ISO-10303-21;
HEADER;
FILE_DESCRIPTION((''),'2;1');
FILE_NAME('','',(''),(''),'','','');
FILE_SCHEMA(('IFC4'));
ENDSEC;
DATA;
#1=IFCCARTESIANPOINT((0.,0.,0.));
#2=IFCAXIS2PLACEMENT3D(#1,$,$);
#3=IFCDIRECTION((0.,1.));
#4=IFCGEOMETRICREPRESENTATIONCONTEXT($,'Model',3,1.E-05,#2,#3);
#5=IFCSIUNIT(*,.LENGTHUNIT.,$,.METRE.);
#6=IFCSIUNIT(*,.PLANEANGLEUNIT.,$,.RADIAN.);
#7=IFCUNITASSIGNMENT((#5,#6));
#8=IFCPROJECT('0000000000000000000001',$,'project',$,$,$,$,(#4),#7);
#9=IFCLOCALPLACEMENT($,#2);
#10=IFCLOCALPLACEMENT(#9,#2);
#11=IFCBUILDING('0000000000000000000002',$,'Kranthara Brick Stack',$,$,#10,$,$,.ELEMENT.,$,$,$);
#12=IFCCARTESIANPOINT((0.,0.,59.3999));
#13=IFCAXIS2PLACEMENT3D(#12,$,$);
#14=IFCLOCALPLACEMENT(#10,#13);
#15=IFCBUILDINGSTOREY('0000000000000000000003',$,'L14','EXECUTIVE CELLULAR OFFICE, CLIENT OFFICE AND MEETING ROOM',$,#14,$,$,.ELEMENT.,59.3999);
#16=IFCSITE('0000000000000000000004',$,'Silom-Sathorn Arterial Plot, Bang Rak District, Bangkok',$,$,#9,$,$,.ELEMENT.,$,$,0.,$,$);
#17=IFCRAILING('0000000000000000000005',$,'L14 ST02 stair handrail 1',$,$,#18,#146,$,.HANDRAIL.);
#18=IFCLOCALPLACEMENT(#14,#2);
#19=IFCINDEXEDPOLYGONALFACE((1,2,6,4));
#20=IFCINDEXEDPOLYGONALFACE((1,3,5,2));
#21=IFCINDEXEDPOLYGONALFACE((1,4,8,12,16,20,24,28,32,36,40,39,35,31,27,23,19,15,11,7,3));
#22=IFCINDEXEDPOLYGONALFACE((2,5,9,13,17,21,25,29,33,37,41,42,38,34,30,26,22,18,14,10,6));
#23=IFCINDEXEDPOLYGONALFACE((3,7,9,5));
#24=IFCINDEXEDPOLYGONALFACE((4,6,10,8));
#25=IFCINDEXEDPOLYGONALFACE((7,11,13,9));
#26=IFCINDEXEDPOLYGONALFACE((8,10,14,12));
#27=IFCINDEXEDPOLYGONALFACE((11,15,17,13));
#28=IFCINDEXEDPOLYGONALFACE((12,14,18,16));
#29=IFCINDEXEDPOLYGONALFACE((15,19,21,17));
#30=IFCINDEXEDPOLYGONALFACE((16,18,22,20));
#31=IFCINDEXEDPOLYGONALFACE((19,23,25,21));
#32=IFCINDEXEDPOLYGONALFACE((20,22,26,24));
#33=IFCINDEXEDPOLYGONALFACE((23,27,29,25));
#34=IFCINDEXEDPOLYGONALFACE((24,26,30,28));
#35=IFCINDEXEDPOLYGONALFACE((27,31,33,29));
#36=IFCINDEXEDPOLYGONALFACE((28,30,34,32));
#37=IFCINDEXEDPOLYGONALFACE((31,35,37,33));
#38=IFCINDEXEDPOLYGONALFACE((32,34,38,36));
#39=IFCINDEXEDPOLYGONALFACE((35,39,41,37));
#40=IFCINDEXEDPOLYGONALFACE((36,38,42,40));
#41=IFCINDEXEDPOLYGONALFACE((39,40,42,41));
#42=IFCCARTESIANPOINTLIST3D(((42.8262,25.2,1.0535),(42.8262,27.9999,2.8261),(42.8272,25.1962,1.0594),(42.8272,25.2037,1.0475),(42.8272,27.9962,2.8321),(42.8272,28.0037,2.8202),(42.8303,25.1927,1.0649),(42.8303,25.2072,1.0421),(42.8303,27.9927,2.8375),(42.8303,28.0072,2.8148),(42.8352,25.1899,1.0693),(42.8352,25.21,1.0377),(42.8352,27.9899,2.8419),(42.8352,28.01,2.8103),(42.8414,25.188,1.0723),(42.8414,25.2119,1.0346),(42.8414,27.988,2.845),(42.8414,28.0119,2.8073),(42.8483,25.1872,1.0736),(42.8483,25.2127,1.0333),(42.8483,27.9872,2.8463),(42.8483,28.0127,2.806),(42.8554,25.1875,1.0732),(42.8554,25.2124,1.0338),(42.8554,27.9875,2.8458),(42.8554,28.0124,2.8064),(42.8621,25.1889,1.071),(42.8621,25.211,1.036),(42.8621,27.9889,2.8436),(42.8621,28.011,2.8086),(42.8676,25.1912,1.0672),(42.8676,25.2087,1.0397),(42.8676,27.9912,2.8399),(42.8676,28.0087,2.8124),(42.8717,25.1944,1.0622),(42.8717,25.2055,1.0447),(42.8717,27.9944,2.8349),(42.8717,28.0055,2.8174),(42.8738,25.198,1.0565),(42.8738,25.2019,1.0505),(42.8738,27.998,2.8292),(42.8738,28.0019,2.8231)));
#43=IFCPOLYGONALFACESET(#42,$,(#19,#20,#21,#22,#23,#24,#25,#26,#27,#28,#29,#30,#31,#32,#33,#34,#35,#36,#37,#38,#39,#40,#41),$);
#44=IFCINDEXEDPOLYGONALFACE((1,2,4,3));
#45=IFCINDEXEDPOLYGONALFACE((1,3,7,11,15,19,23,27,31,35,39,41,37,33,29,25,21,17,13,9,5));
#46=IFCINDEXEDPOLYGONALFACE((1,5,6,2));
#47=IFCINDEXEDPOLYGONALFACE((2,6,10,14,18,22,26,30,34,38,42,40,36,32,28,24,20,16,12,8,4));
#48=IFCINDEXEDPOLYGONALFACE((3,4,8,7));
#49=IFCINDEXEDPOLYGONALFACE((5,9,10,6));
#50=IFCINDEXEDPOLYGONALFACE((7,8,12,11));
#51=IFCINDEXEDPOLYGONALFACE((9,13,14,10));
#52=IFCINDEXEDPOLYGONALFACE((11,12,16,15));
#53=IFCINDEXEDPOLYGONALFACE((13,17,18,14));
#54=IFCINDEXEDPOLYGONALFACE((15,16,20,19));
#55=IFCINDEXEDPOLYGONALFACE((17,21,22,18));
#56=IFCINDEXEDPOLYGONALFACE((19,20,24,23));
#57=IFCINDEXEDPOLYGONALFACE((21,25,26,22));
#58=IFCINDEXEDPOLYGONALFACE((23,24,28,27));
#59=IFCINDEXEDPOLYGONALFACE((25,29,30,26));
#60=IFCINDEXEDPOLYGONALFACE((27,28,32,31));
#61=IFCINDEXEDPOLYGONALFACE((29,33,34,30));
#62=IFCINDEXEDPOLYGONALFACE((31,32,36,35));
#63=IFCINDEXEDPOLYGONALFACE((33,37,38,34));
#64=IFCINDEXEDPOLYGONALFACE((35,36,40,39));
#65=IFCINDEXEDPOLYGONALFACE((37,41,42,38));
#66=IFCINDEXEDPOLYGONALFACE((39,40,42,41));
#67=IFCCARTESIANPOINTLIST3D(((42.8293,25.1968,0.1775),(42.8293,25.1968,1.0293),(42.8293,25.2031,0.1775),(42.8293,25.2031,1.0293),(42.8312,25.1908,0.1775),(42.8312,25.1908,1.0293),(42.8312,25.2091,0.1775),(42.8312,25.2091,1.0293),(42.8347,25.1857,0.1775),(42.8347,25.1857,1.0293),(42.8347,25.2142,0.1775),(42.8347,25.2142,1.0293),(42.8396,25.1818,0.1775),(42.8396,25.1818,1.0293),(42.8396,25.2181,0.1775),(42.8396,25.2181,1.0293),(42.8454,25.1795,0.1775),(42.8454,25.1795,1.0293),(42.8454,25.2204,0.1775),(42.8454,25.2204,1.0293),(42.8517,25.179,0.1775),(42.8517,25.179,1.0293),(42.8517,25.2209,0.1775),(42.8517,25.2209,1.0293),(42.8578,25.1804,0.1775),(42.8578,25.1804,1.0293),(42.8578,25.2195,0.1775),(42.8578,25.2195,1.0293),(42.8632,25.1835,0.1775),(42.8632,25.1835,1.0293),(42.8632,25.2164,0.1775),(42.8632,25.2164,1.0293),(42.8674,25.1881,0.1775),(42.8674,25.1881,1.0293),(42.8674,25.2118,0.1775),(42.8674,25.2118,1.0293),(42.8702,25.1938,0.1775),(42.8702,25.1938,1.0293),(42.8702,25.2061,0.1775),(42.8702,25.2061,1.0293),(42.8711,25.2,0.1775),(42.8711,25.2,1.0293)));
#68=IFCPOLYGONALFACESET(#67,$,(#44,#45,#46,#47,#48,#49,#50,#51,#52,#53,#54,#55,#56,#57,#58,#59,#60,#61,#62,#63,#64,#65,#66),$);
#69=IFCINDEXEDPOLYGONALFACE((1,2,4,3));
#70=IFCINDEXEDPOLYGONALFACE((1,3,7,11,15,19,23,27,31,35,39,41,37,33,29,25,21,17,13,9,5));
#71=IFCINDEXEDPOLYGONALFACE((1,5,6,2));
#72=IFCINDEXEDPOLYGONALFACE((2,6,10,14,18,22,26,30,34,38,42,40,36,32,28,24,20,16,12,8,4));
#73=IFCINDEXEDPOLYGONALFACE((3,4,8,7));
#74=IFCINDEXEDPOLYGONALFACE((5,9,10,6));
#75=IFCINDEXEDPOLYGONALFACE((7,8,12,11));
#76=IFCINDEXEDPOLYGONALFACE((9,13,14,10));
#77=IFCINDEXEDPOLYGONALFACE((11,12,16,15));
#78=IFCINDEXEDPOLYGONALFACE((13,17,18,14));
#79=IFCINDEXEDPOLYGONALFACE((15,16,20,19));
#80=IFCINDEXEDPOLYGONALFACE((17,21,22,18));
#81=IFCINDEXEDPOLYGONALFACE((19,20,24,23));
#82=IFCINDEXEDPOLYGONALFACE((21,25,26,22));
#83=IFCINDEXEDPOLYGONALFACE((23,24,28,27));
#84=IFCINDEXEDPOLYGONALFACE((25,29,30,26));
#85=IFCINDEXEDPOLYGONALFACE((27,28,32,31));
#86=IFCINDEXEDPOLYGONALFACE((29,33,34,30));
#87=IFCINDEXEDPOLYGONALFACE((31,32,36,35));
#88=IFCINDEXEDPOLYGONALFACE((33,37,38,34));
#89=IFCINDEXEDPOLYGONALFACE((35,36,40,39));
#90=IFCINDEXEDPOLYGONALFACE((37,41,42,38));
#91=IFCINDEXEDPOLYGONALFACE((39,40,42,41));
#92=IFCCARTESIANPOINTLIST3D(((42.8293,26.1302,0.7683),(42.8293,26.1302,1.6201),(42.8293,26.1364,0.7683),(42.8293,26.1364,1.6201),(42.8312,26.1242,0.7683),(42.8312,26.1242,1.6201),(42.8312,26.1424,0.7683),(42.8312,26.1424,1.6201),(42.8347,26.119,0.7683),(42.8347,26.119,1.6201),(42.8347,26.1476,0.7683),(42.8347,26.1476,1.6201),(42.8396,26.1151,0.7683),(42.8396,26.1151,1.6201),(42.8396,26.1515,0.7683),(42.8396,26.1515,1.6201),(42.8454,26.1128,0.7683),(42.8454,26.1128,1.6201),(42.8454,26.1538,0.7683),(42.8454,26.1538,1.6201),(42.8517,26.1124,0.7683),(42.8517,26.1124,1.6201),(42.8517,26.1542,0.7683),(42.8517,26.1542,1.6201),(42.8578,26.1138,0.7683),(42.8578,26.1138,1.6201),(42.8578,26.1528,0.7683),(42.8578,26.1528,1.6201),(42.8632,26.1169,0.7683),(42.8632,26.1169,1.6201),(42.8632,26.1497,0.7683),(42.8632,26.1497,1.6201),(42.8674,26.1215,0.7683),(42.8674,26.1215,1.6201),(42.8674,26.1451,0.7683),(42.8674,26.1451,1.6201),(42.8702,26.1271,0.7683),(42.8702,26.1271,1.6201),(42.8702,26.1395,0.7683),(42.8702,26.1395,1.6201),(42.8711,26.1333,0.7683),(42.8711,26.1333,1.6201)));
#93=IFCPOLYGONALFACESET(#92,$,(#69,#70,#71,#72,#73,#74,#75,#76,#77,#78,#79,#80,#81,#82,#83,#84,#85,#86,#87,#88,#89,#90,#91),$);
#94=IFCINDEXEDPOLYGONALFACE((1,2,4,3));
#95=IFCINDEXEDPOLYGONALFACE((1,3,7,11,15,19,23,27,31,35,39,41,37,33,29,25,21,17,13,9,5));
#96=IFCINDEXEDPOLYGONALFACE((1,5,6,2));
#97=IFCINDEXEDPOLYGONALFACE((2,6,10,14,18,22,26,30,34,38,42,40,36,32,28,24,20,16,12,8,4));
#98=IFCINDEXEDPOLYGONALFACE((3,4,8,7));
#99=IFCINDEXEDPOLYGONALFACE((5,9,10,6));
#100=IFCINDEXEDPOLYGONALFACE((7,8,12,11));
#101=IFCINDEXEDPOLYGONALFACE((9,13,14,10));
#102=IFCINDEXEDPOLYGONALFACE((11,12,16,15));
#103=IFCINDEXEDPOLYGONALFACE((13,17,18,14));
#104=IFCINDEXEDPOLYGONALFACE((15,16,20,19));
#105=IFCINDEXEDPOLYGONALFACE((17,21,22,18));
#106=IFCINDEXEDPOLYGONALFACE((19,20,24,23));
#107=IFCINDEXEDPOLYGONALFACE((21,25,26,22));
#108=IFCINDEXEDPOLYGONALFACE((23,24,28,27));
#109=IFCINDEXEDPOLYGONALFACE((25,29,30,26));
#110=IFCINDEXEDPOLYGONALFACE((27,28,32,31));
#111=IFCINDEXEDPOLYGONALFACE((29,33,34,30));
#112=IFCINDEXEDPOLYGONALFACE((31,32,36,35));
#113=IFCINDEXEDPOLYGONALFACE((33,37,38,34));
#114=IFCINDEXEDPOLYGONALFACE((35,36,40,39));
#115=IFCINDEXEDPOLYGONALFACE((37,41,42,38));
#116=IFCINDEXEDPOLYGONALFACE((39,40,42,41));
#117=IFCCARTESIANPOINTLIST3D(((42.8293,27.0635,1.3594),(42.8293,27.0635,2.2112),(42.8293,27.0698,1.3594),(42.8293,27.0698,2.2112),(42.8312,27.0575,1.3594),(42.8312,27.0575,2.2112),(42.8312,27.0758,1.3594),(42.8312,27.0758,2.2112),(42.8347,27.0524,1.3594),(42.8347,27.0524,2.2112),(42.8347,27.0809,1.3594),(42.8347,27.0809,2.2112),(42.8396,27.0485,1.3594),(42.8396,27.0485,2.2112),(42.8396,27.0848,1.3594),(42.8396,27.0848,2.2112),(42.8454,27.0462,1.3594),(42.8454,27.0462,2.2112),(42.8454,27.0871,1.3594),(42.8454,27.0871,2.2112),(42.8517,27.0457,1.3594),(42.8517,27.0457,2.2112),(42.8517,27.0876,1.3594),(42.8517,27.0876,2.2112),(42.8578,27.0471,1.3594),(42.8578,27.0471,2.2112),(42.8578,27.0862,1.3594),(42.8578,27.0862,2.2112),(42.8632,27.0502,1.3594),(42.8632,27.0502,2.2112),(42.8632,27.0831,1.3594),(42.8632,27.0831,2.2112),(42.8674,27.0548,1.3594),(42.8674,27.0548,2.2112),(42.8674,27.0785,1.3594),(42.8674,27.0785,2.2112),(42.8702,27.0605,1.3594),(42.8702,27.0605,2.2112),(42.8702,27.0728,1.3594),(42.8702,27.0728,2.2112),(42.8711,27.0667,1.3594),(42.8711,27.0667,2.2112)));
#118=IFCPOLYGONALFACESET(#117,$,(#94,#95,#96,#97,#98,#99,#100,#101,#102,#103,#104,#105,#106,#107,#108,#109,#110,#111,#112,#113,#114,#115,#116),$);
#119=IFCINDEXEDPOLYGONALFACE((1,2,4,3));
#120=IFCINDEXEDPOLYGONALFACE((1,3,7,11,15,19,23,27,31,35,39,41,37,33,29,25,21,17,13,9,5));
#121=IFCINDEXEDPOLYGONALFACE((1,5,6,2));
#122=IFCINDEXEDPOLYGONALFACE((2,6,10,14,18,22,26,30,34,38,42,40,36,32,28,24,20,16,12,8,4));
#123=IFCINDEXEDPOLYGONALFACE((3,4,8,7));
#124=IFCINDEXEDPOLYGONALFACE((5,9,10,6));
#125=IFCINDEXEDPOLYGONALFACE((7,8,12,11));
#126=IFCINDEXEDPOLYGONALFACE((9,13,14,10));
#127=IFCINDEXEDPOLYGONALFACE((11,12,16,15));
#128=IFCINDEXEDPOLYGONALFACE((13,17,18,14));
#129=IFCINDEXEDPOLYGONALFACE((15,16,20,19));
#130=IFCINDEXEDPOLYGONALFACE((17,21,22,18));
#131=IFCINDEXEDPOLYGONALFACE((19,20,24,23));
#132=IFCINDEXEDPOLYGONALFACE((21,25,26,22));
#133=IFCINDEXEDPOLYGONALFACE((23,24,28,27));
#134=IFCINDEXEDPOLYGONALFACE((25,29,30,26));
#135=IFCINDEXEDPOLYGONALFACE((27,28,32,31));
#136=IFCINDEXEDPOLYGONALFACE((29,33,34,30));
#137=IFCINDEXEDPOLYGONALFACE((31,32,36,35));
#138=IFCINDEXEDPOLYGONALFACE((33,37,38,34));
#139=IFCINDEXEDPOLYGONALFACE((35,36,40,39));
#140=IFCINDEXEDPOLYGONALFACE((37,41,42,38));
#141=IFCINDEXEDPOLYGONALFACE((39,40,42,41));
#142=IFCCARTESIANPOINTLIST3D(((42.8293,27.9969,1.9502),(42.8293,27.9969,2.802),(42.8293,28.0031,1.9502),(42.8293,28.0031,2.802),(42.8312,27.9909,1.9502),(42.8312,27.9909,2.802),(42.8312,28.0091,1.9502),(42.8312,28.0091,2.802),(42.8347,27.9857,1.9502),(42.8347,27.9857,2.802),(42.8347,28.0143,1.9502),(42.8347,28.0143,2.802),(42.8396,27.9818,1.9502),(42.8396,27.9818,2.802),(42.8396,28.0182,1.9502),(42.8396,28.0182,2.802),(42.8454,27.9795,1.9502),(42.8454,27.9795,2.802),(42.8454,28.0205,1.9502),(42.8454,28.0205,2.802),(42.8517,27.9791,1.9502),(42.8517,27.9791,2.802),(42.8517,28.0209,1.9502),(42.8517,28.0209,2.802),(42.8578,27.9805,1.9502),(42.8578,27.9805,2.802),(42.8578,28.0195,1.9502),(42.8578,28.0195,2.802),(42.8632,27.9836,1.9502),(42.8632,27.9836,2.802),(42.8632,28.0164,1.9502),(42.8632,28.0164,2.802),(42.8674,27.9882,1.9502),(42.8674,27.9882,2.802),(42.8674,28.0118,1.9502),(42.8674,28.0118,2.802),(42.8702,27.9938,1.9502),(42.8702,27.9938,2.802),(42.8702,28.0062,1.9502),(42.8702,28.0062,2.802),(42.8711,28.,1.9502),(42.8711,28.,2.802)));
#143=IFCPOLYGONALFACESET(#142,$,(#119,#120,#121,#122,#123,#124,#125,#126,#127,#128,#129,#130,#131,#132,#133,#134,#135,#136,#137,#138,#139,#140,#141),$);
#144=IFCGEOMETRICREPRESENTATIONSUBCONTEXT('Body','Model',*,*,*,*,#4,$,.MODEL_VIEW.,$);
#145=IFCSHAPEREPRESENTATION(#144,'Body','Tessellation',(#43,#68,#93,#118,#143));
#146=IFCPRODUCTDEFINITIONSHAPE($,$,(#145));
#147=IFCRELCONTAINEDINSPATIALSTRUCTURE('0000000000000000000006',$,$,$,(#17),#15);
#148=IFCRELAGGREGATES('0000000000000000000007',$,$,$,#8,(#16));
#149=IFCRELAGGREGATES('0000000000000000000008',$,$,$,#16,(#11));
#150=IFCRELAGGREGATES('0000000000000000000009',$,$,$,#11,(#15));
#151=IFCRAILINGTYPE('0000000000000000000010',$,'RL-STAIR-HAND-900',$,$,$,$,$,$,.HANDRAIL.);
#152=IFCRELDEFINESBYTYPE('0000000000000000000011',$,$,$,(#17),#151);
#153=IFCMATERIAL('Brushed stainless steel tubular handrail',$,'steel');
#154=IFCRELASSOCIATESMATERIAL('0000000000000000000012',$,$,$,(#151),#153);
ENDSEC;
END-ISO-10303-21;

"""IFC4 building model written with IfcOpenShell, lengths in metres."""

from ifc_helpers import new_model, si_unit, direction, frame, origin, origin_2d, place, context, subcontext, project, spatial, circle, extrude, material, type_object, element, save


model = new_model("IFC4")

# Units and contexts
model_context = context("Model", 3, precision=1e-05, world=origin(), true_north=direction((0.0, 1.0)))
body_context = subcontext(model_context, "Body", "Model", "MODEL_VIEW")
ifc_project = project(units=[si_unit("LENGTHUNIT", "METRE"), si_unit("PLANEANGLEUNIT", "RADIAN")], contexts=[model_context])

# Site, building, storey
site_placement = place(None, origin())
site = spatial("IfcSite", under=ifc_project, at=site_placement, Name="Silom-Sathorn Arterial Plot, Bang Rak District, Bangkok", CompositionType="ELEMENT", RefElevation=0.0)
building_placement = place(site_placement, origin())
building = spatial("IfcBuilding", under=site, at=building_placement, Name="Kranthara Brick Stack", CompositionType="ELEMENT")
storey_placement = place(building_placement, frame((0.0, 0.0, 59.3999)))
storey = spatial("IfcBuildingStorey", under=building, at=storey_placement, Name="L14", Description="EXECUTIVE CELLULAR OFFICE, CLIENT OFFICE AND MEETING ROOM", CompositionType="ELEMENT", Elevation=59.3999)

# Railing
ifc_material_1 = material(Name="Brushed stainless steel tubular handrail", Category="steel")
railing_type_1 = type_object("IfcRailingType", Name="RL-STAIR-HAND-900", PredefinedType="HANDRAIL", material=ifc_material_1)
railing_1_placement = place(storey_placement, frame((42.8501, 25.2, 0.1775)))
element("IfcRailing", 1, at=railing_1_placement, inside=storey, type_object=railing_type_1, Name="L14 ST02 stair handrail 1", PredefinedType="HANDRAIL", context=body_context, shape_type="SweptSolid", body=[
    extrude(circle(Radius=0.0239, at=origin_2d()), frame((0.0, 0.0, 0.876), z_axis=(0.0, 0.844909, 0.53491), x_axis=(-1.0, 0.0, 0.0)), (0.0, 0.0, 1.0), 3.314),
    extrude(circle(Radius=0.021, at=origin_2d()), origin(), (0.0, 0.0, 1.0), 0.8518),
    extrude(circle(Radius=0.021, at=origin_2d()), frame((0.0, 0.9333, 0.5908)), (0.0, 0.0, 1.0), 0.8518),
    extrude(circle(Radius=0.021, at=origin_2d()), frame((0.0, 1.8667, 1.1819)), (0.0, 0.0, 1.0), 0.8518),
    extrude(circle(Radius=0.021, at=origin_2d()), frame((0.0, 2.8, 1.7727)), (0.0, 0.0, 1.0), 0.8518),
])

save(model, "model.ifc")
